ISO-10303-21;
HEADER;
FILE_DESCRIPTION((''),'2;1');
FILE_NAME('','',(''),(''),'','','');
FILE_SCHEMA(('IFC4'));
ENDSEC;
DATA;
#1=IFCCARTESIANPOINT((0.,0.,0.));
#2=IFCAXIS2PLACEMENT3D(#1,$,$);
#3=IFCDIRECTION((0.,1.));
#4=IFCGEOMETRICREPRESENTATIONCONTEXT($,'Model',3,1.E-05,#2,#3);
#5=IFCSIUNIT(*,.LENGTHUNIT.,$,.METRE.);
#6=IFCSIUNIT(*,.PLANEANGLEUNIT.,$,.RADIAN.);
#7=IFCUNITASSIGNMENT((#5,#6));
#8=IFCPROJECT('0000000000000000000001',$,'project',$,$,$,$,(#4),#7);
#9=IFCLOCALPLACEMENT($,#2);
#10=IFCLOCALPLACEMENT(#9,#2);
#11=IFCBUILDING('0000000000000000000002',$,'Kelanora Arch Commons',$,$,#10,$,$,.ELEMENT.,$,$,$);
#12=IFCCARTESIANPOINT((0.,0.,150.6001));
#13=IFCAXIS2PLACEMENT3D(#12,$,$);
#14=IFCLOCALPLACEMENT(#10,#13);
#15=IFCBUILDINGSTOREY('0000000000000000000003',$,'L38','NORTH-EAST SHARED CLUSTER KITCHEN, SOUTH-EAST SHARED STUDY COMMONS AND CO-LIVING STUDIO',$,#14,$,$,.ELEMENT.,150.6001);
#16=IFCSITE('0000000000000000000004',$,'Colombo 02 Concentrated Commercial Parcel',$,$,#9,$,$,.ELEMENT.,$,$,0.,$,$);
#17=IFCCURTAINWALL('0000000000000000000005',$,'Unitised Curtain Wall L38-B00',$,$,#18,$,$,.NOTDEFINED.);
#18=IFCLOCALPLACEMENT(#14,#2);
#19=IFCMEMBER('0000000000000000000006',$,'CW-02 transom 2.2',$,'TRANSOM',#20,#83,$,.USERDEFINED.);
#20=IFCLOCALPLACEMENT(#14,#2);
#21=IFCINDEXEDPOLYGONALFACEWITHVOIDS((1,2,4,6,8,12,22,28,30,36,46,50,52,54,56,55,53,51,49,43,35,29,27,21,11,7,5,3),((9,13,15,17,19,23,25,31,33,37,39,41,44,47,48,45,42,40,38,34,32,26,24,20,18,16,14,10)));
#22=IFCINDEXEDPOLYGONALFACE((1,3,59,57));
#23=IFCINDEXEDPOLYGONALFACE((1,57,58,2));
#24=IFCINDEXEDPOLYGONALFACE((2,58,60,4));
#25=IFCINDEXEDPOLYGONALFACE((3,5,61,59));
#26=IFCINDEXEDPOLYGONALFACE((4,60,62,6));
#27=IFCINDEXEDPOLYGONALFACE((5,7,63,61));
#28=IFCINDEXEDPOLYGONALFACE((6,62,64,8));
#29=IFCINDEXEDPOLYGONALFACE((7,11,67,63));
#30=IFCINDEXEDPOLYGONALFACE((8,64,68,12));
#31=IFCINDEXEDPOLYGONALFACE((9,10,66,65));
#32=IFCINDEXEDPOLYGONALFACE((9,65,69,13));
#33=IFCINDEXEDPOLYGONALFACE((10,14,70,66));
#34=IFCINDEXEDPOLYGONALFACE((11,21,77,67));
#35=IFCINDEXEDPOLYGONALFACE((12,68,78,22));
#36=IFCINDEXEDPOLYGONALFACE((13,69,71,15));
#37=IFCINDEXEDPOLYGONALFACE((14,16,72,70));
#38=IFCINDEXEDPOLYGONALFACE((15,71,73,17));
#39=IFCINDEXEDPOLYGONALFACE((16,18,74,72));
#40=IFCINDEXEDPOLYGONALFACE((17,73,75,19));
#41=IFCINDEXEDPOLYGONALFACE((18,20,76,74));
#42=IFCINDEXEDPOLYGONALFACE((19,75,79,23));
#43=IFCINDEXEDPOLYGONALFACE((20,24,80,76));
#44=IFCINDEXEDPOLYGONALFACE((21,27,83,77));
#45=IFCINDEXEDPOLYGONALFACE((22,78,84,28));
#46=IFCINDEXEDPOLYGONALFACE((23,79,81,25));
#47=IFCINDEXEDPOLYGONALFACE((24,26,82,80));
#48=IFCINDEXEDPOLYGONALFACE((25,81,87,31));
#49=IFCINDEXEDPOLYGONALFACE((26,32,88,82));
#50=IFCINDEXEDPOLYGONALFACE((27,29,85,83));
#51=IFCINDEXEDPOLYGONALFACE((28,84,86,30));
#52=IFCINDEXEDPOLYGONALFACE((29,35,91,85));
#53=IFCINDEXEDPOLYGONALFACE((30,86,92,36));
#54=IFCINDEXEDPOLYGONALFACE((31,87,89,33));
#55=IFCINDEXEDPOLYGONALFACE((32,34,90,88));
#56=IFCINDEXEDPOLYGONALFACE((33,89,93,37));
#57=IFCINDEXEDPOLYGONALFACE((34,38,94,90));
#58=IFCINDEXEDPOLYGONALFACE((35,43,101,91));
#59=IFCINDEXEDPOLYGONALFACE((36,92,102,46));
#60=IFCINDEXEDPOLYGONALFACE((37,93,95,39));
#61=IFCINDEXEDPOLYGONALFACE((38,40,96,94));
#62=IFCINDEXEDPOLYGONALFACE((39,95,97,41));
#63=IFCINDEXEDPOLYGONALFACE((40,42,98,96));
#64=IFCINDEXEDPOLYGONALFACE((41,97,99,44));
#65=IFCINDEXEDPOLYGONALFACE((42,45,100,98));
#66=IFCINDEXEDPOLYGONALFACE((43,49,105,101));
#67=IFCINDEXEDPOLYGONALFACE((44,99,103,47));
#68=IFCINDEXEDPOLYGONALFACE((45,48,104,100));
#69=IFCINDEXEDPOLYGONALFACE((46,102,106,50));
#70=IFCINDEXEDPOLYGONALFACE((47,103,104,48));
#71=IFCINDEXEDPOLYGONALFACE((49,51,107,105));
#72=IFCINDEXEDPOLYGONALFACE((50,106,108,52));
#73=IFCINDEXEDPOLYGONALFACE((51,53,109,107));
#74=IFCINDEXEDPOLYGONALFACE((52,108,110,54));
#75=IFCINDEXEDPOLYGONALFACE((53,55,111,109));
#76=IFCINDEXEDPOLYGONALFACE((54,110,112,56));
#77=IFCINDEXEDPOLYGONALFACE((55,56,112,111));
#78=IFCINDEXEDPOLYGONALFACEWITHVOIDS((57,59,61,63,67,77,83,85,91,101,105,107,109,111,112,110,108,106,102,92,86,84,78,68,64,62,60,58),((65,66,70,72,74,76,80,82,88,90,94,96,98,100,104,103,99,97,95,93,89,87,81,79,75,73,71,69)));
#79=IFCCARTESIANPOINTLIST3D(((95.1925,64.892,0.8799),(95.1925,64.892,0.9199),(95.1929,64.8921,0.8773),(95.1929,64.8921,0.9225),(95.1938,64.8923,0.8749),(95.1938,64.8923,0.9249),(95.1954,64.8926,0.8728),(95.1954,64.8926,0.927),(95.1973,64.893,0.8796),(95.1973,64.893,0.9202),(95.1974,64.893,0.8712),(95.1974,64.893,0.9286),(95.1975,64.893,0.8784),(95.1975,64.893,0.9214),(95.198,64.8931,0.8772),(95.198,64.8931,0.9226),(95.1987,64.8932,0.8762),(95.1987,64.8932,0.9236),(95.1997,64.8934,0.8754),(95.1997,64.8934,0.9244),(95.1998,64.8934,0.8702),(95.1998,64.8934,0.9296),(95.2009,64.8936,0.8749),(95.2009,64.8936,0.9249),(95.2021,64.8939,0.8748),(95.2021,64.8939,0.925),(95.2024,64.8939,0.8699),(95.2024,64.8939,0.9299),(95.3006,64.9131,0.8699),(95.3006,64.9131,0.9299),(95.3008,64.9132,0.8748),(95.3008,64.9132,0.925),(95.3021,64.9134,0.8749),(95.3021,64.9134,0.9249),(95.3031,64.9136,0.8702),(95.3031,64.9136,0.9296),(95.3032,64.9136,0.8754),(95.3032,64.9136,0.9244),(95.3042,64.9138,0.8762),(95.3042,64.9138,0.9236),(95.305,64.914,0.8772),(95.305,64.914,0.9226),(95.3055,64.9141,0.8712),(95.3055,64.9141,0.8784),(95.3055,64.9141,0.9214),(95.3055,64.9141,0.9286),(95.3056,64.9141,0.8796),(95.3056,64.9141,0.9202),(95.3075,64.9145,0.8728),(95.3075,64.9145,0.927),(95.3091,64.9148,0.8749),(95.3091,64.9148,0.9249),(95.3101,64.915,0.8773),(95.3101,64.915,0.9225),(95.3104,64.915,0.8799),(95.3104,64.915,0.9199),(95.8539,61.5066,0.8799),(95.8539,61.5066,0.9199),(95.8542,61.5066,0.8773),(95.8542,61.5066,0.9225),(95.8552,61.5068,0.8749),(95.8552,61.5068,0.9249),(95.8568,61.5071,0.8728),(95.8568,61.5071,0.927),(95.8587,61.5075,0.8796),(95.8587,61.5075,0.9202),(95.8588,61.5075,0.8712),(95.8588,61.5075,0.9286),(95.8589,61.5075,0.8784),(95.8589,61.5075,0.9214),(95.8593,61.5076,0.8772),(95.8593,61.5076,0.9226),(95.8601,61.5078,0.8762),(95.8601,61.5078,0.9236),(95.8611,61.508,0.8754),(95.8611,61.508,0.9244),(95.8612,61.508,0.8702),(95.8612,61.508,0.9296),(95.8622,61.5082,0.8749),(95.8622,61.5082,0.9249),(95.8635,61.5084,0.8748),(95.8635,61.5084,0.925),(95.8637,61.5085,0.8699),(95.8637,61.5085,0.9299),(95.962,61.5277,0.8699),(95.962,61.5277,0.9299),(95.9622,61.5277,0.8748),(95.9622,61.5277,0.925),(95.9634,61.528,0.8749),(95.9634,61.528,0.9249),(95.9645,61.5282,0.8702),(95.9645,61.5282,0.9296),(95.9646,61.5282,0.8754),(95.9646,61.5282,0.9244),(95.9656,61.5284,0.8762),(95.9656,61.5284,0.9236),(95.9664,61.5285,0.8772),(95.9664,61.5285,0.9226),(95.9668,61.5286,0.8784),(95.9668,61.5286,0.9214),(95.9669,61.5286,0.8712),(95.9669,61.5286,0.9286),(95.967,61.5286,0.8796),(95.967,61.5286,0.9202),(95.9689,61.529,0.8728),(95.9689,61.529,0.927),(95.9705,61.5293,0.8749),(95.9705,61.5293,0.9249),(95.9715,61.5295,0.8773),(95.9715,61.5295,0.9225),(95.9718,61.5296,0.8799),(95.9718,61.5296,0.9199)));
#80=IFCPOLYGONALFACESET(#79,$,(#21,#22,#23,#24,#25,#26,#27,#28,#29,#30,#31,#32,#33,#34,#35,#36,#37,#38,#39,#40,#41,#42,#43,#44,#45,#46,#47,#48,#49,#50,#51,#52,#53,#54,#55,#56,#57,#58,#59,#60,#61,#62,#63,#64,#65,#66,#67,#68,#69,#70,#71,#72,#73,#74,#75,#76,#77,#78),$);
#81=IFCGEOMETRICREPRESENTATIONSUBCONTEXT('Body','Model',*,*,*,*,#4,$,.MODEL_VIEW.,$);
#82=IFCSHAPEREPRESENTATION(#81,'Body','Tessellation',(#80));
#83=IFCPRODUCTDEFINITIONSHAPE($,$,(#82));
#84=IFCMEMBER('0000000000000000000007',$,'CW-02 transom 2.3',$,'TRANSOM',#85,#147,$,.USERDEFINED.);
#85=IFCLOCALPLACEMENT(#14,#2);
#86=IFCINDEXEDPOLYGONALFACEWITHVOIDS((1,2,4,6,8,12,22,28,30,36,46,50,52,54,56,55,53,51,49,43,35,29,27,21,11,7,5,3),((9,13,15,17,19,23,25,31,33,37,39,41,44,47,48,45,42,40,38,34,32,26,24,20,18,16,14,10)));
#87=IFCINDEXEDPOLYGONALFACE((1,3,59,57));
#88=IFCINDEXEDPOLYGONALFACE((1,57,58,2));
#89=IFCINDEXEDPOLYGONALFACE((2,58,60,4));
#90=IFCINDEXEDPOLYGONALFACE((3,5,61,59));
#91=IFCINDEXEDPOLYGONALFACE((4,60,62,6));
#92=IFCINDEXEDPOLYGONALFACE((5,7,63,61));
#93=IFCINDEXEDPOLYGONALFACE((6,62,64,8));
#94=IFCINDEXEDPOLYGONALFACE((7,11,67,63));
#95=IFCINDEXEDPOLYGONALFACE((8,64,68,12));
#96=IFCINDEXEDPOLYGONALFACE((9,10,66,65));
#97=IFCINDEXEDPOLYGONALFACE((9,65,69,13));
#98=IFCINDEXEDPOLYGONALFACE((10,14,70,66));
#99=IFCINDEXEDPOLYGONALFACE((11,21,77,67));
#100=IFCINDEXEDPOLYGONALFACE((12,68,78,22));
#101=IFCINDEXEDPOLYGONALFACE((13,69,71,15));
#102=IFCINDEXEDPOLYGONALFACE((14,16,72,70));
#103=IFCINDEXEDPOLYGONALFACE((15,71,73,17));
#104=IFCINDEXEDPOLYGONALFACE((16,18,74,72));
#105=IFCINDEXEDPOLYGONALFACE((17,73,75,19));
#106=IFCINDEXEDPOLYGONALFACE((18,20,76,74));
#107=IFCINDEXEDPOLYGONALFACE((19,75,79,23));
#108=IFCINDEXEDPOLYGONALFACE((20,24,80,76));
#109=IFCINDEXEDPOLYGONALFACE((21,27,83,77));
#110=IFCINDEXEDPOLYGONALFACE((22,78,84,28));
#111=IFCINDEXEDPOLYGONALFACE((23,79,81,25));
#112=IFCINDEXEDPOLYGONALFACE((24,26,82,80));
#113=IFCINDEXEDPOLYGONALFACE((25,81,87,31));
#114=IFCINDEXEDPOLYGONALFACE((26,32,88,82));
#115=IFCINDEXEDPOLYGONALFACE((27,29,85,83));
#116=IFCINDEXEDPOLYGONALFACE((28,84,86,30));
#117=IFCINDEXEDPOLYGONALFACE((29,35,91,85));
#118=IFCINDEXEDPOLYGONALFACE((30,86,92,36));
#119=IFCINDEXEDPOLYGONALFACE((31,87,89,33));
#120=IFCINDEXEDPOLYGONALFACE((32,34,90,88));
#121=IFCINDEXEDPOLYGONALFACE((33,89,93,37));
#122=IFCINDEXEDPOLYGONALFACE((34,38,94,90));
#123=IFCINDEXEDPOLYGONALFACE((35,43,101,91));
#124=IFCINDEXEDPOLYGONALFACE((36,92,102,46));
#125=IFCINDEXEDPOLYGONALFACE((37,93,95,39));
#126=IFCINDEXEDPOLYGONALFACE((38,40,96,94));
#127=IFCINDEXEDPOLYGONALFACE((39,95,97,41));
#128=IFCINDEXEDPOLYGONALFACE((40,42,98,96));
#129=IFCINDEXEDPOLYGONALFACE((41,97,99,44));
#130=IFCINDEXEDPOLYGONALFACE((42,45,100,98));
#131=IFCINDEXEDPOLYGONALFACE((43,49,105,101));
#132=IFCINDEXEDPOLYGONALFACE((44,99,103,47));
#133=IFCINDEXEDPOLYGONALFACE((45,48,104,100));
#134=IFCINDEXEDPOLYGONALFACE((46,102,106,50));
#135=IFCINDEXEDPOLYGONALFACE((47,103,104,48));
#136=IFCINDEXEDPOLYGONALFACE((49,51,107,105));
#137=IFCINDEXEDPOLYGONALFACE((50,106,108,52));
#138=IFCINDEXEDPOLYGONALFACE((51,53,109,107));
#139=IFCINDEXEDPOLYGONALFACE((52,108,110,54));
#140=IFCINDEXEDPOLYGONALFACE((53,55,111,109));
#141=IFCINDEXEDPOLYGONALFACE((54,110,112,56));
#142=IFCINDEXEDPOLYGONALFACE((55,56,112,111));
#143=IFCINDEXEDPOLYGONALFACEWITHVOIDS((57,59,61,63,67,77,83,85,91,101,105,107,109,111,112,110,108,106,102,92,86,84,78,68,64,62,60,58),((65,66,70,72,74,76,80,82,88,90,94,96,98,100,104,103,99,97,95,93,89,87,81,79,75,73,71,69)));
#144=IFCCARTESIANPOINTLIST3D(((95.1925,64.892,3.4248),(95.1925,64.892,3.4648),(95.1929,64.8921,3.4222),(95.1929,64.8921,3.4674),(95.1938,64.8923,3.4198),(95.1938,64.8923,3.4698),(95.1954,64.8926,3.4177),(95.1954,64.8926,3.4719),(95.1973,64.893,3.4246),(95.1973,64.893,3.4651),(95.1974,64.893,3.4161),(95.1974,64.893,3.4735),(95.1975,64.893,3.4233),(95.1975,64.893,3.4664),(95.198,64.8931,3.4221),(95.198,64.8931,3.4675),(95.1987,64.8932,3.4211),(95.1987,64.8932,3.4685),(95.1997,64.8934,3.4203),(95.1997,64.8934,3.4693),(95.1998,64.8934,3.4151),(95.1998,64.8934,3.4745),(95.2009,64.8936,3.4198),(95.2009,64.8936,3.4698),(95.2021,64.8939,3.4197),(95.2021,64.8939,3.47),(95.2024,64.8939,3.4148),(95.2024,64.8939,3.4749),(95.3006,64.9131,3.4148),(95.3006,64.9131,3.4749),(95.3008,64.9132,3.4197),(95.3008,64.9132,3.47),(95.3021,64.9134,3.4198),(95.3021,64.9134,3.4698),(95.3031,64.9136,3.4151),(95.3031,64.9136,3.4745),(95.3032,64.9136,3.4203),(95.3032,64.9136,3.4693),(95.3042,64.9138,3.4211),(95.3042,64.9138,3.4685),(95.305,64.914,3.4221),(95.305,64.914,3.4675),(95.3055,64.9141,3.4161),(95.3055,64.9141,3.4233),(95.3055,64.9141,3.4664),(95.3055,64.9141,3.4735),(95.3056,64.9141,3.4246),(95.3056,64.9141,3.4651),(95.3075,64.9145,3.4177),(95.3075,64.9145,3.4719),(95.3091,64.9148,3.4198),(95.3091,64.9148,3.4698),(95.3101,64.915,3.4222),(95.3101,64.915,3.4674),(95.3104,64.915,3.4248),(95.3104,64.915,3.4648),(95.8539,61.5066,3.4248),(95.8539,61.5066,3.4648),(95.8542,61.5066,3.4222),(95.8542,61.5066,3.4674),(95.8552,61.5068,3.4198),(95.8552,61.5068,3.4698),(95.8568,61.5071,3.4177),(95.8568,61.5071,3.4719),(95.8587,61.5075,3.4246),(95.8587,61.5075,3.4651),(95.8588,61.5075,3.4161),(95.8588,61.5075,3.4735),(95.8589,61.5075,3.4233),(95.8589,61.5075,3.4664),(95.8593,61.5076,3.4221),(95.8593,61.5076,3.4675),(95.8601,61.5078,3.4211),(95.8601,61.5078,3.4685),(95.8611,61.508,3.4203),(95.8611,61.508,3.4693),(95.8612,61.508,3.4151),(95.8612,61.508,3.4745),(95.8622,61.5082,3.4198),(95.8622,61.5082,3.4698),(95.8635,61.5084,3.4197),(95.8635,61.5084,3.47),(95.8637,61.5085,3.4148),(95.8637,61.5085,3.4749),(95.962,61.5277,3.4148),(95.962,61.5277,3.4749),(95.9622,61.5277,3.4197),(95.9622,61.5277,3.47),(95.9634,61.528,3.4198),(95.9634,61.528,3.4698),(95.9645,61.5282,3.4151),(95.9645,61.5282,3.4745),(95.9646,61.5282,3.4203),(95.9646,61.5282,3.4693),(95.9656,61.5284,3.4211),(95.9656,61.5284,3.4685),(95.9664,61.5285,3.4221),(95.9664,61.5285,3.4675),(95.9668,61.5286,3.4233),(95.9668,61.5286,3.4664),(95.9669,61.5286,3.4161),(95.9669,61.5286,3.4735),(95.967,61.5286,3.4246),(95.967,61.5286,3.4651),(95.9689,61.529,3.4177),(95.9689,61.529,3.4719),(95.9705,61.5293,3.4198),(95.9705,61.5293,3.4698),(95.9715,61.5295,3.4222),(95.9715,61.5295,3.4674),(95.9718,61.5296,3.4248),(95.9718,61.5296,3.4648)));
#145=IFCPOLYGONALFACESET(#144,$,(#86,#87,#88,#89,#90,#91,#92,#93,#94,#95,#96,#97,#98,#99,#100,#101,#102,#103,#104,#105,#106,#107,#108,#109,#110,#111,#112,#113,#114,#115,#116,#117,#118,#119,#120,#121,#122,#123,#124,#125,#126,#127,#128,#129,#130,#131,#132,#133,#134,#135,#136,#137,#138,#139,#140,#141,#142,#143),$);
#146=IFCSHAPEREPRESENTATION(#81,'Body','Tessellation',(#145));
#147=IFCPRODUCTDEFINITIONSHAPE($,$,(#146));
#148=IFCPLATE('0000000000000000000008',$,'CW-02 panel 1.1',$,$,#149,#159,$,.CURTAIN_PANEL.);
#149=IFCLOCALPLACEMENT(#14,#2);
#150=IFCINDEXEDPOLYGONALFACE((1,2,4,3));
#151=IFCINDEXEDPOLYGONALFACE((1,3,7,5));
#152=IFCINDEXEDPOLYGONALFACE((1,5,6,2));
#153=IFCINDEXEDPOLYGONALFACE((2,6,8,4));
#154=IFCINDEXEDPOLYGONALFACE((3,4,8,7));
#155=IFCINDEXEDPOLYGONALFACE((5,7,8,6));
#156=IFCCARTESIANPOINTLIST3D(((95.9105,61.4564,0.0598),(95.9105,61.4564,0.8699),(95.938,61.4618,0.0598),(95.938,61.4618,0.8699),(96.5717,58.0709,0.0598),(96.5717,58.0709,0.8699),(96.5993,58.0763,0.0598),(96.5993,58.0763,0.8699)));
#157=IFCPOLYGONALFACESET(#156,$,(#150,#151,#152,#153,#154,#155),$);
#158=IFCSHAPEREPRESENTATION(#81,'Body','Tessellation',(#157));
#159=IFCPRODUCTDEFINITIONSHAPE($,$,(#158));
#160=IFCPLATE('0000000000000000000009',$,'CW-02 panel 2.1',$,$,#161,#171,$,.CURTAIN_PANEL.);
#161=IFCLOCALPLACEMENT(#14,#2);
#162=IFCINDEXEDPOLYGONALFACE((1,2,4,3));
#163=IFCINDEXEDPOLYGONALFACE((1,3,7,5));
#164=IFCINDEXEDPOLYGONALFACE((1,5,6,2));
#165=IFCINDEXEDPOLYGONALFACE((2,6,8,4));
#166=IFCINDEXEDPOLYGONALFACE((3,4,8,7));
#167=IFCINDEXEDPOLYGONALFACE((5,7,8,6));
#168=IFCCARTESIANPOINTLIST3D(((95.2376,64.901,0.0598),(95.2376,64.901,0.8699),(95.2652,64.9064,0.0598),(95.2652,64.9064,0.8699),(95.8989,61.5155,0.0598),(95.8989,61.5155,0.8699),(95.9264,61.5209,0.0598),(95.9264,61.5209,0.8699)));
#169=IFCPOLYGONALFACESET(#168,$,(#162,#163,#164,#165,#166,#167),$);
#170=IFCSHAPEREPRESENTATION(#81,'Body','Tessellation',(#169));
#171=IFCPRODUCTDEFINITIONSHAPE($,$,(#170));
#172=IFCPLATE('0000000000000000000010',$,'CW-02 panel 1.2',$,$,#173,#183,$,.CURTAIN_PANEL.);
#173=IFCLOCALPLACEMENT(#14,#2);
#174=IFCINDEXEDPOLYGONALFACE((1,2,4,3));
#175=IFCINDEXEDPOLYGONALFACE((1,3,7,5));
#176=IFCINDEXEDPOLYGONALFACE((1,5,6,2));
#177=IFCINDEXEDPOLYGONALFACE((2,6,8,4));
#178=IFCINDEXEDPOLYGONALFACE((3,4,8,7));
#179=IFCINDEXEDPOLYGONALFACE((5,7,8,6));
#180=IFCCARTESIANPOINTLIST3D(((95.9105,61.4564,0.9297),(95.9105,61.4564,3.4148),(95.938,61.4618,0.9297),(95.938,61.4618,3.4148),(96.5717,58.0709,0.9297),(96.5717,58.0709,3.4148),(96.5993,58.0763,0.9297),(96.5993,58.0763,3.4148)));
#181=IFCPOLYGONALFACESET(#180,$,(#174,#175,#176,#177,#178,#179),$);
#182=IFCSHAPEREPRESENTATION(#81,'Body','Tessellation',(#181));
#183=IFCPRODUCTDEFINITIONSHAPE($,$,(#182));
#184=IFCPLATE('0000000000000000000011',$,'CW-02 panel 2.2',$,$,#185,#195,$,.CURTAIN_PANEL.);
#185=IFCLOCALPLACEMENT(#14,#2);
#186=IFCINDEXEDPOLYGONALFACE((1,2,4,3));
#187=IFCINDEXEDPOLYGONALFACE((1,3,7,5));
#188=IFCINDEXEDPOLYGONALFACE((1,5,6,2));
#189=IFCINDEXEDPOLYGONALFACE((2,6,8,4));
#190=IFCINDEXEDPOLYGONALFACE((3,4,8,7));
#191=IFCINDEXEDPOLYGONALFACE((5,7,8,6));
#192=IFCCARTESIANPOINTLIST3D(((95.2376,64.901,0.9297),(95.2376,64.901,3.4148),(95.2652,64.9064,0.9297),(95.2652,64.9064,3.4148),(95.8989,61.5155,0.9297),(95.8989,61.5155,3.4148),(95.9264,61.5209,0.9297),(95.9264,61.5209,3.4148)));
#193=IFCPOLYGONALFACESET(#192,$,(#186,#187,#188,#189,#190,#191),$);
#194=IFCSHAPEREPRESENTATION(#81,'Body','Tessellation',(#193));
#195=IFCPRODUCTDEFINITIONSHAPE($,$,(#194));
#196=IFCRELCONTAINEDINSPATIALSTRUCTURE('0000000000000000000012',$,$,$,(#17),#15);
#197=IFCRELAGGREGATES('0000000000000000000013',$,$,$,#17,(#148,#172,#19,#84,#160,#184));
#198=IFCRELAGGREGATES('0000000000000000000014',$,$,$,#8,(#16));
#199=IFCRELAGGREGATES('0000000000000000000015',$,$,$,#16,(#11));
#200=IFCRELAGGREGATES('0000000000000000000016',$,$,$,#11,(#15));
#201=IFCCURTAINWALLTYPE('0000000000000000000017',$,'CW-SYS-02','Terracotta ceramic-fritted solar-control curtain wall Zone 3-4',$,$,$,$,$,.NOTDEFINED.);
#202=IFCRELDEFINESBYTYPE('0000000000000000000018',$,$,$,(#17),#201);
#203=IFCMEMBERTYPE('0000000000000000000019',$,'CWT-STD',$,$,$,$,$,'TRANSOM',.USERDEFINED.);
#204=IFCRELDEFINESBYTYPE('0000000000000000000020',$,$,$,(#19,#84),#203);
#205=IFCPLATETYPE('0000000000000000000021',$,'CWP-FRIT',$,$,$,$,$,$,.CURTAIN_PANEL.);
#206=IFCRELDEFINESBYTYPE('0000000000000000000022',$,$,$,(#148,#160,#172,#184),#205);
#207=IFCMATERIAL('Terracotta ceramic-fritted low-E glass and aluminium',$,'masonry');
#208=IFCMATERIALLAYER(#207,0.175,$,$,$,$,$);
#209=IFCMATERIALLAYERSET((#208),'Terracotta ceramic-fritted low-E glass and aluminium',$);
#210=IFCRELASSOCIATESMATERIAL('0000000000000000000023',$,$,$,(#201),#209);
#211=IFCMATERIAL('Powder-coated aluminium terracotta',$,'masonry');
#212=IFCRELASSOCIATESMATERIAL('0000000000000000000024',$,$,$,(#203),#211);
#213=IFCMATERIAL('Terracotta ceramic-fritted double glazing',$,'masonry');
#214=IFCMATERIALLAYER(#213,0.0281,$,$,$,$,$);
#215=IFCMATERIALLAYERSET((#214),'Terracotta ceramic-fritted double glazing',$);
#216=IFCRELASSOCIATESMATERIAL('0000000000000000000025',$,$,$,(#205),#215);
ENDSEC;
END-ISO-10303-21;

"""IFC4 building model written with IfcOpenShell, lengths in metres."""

from ifc_helpers import new_model, si_unit, direction, frame, origin, origin_2d, place, context, subcontext, project, spatial, rectangle, hollow_rectangle, extrude, source, transform, mapped, material, layer, layer_set, material_profile, profile_set, type_object, element, aggregate, save


model = new_model("IFC4")

# Units and contexts
model_context = context("Model", 3, precision=1e-05, world=origin(), true_north=direction((0.0, 1.0)))
body_context = subcontext(model_context, "Body", "Model", "MODEL_VIEW")
ifc_project = project(units=[si_unit("LENGTHUNIT", "METRE"), si_unit("PLANEANGLEUNIT", "RADIAN")], contexts=[model_context])

# Site, building, storey
site_placement = place(None, origin())
site = spatial("IfcSite", under=ifc_project, at=site_placement, Name="Colombo 02 Concentrated Commercial Parcel", CompositionType="ELEMENT", RefElevation=0.0)
building_placement = place(site_placement, origin())
building = spatial("IfcBuilding", under=site, at=building_placement, Name="Kelanora Arch Commons", CompositionType="ELEMENT")
storey_placement = place(building_placement, frame((0.0, 0.0, 150.6001)))
storey = spatial("IfcBuildingStorey", under=building, at=storey_placement, Name="L38", Description="NORTH-EAST SHARED CLUSTER KITCHEN, SOUTH-EAST SHARED STUDY COMMONS AND CO-LIVING STUDIO", CompositionType="ELEMENT", Elevation=150.6001)

# Curtain wall, members, plates
ifc_material_1 = material(Name="Terracotta ceramic-fritted low-E glass and aluminium", Category="masonry")
ifc_layer_1 = layer(ifc_material_1, 0.175)
ifc_layer_set_1 = layer_set([ifc_layer_1], Name="Terracotta ceramic-fritted low-E glass and aluminium")
curtain_wall_type = type_object("IfcCurtainWallType", Name="CW-SYS-02", Description="Terracotta ceramic-fritted solar-control curtain wall Zone 3-4", PredefinedType="NOTDEFINED", material=ifc_layer_set_1)
curtain_wall_placement = place(storey_placement, origin())
curtain_wall = element("IfcCurtainWall", 1, at=curtain_wall_placement, inside=storey, type_object=curtain_wall_type, Name="Unitised Curtain Wall L38-B00", PredefinedType="NOTDEFINED")
ifc_material_2 = material(Name="Powder-coated aluminium terracotta", Category="masonry")
ifc_material_profile_1 = material_profile(ifc_material_2, hollow_rectangle(XDim=0.1201, YDim=0.0601, WallThickness=0.0049, InnerFilletRadius=0.0049, OuterFilletRadius=0.01, at=origin_2d()), Name="CWT120x60")
ifc_profile_set_1 = profile_set([ifc_material_profile_1], Name="Powder-coated aluminium terracotta")
member_type_1 = type_object("IfcMemberType", Name="CWT-STD", ElementType="TRANSOM", PredefinedType="USERDEFINED", material=ifc_profile_set_1)
member_1_placement = place(storey_placement, frame((95.9128, 61.5181, 0.8999), z_axis=(-0.191732, 0.981447, 0.0), x_axis=(-0.981447, -0.191732, 0.0)))
member_1 = element("IfcMember", 2, at=member_1_placement, type_object=member_type_1, Name="CW-02 transom 2.2", ObjectType="TRANSOM", PredefinedType="USERDEFINED", context=body_context, shape_type="SweptSolid", body=[
    extrude(hollow_rectangle(XDim=0.1201, YDim=0.0601, WallThickness=0.0049, InnerFilletRadius=0.0049, OuterFilletRadius=0.01, at=origin_2d()), origin(), (0.0, 0.0, 1.0), 3.4495),
])
member_2_placement = place(storey_placement, frame((95.9128, 61.5181, 3.4448), z_axis=(-0.191732, 0.981447, 0.0), x_axis=(-0.981447, -0.191732, 0.0)))
member_2 = element("IfcMember", 3, at=member_2_placement, type_object=member_type_1, Name="CW-02 transom 2.3", ObjectType="TRANSOM", PredefinedType="USERDEFINED", context=body_context, shape_type="SweptSolid", body=[
    extrude(hollow_rectangle(XDim=0.1201, YDim=0.0601, WallThickness=0.0049, InnerFilletRadius=0.0049, OuterFilletRadius=0.01, at=origin_2d()), origin(), (0.0, 0.0, 1.0), 3.4495),
])
ifc_material_3 = material(Name="Terracotta ceramic-fritted double glazing", Category="masonry")
ifc_layer_2 = layer(ifc_material_3, 0.0281)
ifc_layer_set_2 = layer_set([ifc_layer_2], Name="Terracotta ceramic-fritted double glazing")
plate_type = type_object("IfcPlateType", Name="CWP-FRIT", PredefinedType="CURTAIN_PANEL", material=ifc_layer_set_2)
shared_shape_1 = source(origin(), body_context, "Body", "SweptSolid", [
    extrude(rectangle(XDim=3.4495, YDim=0.0281, at=origin_2d()), origin(), (0.0, 0.0, 1.0), 0.8101),
])
plate_1_placement = place(storey_placement, frame((96.2549, 59.7664, 0.0598), z_axis=(0.0, 0.0, 1.0), x_axis=(-0.191705, 0.981453, 0.0)))
plate_1 = element("IfcPlate", 4, at=plate_1_placement, type_object=plate_type, Name="CW-02 panel 1.1", PredefinedType="CURTAIN_PANEL", context=body_context, shape_type="MappedRepresentation", body=[
    mapped(shared_shape_1, transform((0.0, 0.0, 0.0), scale=1.0)),
])
plate_2_placement = place(storey_placement, frame((95.582, 63.2109, 0.0598), z_axis=(0.0, 0.0, 1.0), x_axis=(-0.191705, 0.981453, 0.0)))
plate_2 = element("IfcPlate", 5, at=plate_2_placement, type_object=plate_type, Name="CW-02 panel 2.1", PredefinedType="CURTAIN_PANEL", context=body_context, shape_type="MappedRepresentation", body=[
    mapped(shared_shape_1, transform((0.0, 0.0, 0.0), scale=1.0)),
])
shared_shape_2 = source(origin(), body_context, "Body", "SweptSolid", [
    extrude(rectangle(XDim=3.4495, YDim=0.0281, at=origin_2d()), origin(), (0.0, 0.0, 1.0), 2.4851),
])
plate_3_placement = place(storey_placement, frame((96.2549, 59.7664, 0.9297), z_axis=(0.0, 0.0, 1.0), x_axis=(-0.191705, 0.981453, 0.0)))
plate_3 = element("IfcPlate", 6, at=plate_3_placement, type_object=plate_type, Name="CW-02 panel 1.2", PredefinedType="CURTAIN_PANEL", context=body_context, shape_type="MappedRepresentation", body=[
    mapped(shared_shape_2, transform((0.0, 0.0, 0.0), scale=1.0)),
])
plate_4_placement = place(storey_placement, frame((95.582, 63.2109, 0.9297), z_axis=(0.0, 0.0, 1.0), x_axis=(-0.191705, 0.981453, 0.0)))
plate_4 = element("IfcPlate", 7, at=plate_4_placement, type_object=plate_type, Name="CW-02 panel 2.2", PredefinedType="CURTAIN_PANEL", context=body_context, shape_type="MappedRepresentation", body=[
    mapped(shared_shape_2, transform((0.0, 0.0, 0.0), scale=1.0)),
])
aggregate(curtain_wall, [plate_1, plate_3, member_1, member_2, plate_2, plate_4])

save(model, "model.ifc")
